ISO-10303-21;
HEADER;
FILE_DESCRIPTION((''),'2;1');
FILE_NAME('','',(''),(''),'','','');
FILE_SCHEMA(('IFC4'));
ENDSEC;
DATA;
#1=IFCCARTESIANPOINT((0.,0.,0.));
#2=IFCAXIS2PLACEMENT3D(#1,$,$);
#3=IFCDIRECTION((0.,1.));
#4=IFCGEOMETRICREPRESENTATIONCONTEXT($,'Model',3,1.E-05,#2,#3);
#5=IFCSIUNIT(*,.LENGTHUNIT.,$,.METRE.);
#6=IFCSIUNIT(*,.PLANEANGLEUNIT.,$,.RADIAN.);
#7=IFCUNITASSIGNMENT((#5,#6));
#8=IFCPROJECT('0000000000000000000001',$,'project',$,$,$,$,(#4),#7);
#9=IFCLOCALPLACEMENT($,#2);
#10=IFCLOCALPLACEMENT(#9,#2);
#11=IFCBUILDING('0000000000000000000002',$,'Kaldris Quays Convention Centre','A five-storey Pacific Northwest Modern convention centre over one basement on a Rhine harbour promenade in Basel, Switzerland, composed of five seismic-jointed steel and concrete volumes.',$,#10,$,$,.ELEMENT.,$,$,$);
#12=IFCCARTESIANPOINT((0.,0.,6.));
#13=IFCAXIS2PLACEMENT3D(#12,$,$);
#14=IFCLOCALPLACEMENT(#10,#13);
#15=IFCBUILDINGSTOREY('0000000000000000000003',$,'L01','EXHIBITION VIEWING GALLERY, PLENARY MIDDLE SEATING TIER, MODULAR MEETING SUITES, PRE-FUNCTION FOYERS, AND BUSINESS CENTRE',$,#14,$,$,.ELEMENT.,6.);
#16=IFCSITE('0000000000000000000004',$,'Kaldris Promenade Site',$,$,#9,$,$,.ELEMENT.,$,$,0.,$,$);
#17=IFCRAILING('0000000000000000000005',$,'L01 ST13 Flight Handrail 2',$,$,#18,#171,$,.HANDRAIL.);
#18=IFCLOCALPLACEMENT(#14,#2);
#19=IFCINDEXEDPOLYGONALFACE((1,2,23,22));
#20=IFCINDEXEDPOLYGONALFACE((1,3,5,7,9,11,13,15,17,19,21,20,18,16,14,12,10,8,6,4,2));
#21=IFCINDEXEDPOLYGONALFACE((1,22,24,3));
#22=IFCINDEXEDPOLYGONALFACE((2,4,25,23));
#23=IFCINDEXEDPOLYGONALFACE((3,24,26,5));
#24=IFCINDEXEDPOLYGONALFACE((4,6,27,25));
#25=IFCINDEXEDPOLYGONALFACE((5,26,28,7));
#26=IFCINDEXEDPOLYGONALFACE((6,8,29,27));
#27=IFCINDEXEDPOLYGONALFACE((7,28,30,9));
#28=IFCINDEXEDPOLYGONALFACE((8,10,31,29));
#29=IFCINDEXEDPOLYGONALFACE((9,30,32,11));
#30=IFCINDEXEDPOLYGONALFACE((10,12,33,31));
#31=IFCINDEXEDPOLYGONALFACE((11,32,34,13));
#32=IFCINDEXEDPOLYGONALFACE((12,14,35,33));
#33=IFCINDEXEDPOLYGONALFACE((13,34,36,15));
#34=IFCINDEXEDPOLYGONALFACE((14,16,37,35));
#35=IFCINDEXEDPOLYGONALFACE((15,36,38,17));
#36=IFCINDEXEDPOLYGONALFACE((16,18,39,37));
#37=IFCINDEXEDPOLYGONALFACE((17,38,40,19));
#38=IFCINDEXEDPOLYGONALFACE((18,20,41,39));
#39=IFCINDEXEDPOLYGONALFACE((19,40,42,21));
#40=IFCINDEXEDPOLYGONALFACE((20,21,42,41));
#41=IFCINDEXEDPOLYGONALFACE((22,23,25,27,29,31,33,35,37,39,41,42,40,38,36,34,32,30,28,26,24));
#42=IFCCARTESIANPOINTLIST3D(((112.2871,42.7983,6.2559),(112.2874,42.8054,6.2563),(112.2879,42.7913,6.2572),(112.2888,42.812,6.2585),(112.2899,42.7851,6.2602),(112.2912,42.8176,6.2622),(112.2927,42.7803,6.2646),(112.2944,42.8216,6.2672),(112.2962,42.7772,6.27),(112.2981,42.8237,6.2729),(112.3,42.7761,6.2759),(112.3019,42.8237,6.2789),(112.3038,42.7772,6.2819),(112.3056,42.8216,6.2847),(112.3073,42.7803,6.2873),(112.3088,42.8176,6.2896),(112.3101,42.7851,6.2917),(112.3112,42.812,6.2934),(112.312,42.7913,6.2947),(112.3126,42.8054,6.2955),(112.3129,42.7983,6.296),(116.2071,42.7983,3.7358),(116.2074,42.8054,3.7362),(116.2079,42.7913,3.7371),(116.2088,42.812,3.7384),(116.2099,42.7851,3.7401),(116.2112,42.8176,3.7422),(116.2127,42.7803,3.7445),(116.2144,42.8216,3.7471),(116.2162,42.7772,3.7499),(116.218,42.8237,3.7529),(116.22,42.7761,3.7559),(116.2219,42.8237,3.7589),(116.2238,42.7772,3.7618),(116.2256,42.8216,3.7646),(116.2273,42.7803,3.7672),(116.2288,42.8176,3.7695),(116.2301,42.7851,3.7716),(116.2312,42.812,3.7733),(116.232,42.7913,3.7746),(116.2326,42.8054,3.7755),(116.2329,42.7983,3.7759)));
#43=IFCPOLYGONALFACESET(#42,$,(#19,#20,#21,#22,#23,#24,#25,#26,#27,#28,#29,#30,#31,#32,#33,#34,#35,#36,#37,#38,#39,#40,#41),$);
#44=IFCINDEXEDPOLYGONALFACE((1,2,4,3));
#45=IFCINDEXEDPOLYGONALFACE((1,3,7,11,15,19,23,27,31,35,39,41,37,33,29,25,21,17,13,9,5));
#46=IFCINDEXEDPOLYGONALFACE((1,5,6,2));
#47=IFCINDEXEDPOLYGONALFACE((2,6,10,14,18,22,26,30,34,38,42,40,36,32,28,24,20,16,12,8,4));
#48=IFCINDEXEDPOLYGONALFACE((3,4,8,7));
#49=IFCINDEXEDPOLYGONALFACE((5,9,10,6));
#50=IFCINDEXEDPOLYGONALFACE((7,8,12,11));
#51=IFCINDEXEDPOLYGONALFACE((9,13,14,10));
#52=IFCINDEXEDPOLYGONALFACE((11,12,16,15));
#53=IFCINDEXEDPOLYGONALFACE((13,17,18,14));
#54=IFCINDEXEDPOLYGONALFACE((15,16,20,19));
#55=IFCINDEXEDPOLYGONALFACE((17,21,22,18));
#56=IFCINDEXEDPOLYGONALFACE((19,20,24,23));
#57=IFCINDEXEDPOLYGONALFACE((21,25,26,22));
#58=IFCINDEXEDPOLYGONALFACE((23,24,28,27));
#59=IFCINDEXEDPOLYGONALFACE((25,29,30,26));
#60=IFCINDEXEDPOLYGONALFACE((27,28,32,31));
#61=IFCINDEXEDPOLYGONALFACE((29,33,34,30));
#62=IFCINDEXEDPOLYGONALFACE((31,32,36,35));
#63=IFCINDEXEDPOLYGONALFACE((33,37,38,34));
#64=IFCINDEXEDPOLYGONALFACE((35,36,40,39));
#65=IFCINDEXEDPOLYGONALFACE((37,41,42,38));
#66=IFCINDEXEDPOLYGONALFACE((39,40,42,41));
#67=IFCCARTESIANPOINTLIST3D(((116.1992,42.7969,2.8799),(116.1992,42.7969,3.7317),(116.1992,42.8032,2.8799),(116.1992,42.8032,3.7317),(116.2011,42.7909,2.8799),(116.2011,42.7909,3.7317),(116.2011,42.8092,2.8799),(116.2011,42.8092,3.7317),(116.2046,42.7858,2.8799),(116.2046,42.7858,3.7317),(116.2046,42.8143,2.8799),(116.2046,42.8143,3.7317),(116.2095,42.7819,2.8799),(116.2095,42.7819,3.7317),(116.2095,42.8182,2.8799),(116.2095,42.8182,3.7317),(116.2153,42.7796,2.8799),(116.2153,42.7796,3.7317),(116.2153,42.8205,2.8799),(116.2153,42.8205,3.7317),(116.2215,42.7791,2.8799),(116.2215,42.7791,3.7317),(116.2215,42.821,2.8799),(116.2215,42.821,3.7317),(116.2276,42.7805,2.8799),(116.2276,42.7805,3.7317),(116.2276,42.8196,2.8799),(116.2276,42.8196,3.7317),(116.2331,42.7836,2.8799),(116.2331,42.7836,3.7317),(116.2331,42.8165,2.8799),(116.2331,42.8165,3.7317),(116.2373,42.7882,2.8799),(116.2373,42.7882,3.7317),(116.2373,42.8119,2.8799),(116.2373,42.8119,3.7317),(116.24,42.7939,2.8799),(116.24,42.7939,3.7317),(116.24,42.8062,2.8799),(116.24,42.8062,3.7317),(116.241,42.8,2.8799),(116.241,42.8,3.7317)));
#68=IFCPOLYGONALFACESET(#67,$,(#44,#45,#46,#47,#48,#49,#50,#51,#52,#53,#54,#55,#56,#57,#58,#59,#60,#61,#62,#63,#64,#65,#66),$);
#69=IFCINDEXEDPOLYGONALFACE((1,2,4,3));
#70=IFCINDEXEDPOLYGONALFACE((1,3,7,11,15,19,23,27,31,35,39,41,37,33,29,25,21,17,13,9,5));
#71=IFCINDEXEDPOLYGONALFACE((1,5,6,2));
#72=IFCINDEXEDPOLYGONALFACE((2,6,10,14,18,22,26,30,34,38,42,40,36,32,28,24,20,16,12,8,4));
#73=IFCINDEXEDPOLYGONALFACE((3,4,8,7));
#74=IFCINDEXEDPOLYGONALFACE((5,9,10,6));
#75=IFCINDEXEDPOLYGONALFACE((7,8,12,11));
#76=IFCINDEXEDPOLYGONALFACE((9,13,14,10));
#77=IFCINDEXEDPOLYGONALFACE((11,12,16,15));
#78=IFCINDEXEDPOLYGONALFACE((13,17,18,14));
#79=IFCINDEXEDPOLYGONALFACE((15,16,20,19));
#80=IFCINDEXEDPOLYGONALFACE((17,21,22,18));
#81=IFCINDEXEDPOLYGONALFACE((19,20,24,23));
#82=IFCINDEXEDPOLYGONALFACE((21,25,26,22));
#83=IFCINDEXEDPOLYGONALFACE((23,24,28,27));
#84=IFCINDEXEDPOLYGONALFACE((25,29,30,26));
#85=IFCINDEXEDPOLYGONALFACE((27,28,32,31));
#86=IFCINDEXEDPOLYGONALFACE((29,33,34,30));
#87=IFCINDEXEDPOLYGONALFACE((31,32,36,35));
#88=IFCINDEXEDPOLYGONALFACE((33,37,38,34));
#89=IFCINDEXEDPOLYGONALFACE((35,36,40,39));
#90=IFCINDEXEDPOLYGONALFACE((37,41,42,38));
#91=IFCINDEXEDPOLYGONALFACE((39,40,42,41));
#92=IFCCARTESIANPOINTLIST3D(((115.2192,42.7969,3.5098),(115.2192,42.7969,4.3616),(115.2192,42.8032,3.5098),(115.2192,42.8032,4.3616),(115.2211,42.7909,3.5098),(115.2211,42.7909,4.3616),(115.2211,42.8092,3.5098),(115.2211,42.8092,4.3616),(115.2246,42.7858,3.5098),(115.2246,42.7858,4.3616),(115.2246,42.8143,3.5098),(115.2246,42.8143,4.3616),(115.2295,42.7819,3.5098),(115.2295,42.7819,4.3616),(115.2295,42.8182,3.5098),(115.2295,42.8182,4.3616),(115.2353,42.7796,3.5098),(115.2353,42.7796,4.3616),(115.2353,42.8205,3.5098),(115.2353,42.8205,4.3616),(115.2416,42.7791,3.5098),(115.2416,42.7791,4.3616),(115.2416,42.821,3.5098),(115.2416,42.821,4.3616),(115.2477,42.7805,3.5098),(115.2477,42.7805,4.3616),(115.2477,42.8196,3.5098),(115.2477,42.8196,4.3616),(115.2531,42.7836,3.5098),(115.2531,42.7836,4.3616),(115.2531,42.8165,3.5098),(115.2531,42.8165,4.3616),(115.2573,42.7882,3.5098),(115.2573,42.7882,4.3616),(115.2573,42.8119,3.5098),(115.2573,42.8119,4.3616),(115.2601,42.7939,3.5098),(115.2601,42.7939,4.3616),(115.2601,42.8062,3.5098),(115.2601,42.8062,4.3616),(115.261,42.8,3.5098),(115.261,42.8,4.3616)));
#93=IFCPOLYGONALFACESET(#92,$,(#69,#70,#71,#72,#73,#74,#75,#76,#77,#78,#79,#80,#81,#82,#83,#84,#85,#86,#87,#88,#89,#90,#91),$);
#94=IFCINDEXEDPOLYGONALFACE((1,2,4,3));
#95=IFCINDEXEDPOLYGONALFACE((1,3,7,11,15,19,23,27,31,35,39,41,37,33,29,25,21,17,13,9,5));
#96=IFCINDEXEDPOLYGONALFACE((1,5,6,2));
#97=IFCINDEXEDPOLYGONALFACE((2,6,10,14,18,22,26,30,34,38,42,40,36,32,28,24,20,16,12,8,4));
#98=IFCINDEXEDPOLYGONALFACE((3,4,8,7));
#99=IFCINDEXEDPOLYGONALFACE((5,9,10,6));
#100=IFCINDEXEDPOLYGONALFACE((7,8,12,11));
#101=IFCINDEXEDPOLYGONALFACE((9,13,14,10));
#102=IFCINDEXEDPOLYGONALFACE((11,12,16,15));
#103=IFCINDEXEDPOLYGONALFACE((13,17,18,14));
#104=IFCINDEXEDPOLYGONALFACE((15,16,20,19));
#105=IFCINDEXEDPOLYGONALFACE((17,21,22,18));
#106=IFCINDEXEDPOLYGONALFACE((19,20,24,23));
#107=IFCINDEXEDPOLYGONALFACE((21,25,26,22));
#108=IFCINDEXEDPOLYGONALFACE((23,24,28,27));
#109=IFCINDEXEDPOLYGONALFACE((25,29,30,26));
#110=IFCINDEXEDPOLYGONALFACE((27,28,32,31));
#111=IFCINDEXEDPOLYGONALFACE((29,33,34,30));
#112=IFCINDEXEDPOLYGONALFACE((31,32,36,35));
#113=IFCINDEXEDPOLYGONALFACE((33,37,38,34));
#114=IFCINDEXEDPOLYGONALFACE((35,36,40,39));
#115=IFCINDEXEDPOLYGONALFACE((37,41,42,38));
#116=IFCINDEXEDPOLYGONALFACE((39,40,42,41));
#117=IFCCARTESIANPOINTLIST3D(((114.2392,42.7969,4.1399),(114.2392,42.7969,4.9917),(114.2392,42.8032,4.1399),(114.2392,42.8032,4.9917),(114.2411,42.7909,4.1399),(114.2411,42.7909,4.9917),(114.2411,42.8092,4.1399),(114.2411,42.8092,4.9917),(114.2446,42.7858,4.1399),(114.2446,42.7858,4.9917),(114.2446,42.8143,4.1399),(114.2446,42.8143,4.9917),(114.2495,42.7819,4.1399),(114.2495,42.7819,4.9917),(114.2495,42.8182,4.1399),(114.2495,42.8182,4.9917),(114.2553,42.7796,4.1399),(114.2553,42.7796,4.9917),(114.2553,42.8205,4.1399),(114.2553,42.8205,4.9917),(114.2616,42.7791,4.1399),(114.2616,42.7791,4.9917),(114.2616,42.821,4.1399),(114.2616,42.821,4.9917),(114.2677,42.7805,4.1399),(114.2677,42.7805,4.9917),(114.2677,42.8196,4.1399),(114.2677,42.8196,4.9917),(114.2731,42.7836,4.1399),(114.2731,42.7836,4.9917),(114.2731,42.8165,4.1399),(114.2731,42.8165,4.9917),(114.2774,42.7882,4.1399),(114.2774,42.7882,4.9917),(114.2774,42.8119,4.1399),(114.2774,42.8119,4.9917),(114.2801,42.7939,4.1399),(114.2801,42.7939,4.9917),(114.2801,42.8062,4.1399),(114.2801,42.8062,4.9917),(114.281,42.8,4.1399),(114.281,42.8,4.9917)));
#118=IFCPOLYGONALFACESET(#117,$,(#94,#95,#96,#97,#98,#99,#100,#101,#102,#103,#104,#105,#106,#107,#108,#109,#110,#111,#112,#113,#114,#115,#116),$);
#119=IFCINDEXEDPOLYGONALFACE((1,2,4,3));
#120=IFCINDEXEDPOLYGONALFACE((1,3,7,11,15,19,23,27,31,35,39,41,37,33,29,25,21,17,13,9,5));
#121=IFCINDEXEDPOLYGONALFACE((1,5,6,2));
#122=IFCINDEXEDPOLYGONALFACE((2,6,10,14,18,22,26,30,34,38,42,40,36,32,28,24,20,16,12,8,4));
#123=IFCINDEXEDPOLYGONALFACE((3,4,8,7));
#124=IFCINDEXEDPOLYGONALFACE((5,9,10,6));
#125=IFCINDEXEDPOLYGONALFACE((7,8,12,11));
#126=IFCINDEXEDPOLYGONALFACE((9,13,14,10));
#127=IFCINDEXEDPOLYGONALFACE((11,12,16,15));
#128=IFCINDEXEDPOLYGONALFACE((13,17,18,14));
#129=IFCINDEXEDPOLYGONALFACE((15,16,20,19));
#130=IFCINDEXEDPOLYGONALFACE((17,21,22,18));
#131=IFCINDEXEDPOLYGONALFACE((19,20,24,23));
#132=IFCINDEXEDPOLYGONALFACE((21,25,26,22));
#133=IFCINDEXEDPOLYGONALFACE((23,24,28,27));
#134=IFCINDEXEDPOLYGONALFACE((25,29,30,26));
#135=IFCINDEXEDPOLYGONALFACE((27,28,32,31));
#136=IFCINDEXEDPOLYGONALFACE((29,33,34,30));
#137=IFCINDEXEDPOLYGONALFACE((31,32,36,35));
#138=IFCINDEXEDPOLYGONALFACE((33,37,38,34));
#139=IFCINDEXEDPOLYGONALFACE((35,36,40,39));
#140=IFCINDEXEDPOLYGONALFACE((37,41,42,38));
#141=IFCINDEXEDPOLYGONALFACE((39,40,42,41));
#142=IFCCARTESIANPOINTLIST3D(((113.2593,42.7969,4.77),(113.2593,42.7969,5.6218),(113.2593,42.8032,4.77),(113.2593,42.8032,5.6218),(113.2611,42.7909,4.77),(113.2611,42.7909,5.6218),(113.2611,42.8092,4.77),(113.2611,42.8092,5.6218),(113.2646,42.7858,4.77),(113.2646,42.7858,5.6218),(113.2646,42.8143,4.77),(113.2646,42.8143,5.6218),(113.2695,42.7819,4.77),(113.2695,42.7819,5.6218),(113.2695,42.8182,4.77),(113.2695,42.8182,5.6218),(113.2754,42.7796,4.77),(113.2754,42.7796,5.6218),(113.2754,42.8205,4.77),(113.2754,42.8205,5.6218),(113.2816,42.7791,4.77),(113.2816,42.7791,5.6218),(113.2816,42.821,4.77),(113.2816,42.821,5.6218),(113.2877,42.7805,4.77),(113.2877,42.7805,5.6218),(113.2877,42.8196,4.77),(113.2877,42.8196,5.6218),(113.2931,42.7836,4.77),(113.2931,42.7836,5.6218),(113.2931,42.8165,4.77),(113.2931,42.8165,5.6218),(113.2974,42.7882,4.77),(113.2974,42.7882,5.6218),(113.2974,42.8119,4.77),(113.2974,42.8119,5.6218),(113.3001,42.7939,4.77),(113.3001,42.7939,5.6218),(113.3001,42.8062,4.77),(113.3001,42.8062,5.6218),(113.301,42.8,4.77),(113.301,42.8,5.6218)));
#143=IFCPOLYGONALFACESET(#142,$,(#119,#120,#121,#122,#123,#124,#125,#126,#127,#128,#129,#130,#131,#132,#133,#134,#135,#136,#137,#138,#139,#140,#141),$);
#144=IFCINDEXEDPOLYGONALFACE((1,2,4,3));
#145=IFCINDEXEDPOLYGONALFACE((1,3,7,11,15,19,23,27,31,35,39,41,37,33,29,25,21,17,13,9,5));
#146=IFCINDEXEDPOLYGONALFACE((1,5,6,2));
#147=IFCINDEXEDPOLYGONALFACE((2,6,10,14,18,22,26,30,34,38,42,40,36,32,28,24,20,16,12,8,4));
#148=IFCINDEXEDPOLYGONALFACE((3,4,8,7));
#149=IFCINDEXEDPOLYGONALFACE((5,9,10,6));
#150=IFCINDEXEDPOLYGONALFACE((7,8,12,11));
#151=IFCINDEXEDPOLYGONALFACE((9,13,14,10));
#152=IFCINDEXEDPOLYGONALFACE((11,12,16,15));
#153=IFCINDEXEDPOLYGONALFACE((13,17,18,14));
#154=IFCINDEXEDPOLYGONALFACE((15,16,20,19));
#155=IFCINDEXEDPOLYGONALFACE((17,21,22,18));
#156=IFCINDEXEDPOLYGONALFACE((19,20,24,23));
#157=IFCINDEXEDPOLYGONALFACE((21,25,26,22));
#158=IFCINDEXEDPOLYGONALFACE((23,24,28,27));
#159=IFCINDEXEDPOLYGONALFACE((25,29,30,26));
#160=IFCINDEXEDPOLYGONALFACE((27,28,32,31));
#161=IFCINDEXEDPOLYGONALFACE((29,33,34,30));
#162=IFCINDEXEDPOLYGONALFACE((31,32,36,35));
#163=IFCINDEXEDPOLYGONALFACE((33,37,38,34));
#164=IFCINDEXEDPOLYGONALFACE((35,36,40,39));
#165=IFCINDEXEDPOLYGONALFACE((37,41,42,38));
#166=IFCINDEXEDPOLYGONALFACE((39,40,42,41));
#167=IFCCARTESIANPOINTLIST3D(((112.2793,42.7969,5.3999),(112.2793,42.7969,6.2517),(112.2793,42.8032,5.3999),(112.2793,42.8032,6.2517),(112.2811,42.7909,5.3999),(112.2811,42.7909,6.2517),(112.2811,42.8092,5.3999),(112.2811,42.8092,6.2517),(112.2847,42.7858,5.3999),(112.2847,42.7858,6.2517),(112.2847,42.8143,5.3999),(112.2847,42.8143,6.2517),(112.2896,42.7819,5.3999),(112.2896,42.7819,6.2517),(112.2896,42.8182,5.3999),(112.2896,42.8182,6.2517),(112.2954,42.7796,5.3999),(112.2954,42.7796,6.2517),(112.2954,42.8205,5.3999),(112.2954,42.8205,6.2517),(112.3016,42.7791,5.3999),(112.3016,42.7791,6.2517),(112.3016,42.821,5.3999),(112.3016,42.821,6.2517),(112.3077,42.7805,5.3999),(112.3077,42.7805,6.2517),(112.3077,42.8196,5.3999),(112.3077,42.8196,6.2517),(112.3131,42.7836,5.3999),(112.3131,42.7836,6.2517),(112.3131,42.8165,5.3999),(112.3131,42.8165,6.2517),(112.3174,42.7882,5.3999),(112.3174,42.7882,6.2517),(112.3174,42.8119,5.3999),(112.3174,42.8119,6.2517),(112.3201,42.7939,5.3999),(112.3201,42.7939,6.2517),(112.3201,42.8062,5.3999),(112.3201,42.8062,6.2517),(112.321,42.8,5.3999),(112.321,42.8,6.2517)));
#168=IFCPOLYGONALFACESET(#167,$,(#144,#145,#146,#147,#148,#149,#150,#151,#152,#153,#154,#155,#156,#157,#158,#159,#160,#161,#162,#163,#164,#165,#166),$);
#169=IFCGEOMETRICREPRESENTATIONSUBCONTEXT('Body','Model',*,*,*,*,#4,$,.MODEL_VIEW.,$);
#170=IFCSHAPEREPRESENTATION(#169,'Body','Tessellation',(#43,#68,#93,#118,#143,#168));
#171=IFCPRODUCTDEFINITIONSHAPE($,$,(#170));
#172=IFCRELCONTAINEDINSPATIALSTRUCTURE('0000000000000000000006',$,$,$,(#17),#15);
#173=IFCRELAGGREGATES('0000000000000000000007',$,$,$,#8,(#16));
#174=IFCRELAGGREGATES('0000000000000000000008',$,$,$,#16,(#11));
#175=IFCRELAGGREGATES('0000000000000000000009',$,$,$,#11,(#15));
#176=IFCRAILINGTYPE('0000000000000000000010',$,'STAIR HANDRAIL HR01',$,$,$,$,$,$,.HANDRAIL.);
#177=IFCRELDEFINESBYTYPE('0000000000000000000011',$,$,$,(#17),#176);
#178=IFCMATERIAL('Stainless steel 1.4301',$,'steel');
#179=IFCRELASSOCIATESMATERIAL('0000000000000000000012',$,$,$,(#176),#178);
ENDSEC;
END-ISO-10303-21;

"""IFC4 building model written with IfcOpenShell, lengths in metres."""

from ifc_helpers import new_model, si_unit, direction, frame, origin, origin_2d, place, context, subcontext, project, spatial, circle, extrude, material, type_object, element, save


model = new_model("IFC4")

# Units and contexts
model_context = context("Model", 3, precision=1e-05, world=origin(), true_north=direction((0.0, 1.0)))
body_context = subcontext(model_context, "Body", "Model", "MODEL_VIEW")
ifc_project = project(units=[si_unit("LENGTHUNIT", "METRE"), si_unit("PLANEANGLEUNIT", "RADIAN")], contexts=[model_context])

# Site, building, storey
site_placement = place(None, origin())
site = spatial("IfcSite", under=ifc_project, at=site_placement, Name="Kaldris Promenade Site", CompositionType="ELEMENT", RefElevation=0.0)
building_placement = place(site_placement, origin())
building = spatial("IfcBuilding", under=site, at=building_placement, Name="Kaldris Quays Convention Centre", Description="A five-storey Pacific Northwest Modern convention centre over one basement on a Rhine harbour promenade in Basel, Switzerland, composed of five seismic-jointed steel and concrete volumes.", CompositionType="ELEMENT")
storey_placement = place(building_placement, frame((0.0, 0.0, 6.0)))
storey = spatial("IfcBuildingStorey", under=building, at=storey_placement, Name="L01", Description="EXHIBITION VIEWING GALLERY, PLENARY MIDDLE SEATING TIER, MODULAR MEETING SUITES, PRE-FUNCTION FOYERS, AND BUSINESS CENTRE", CompositionType="ELEMENT", Elevation=6.0)

# Railing
ifc_material_1 = material(Name="Stainless steel 1.4301", Category="steel")
railing_type_1 = type_object("IfcRailingType", Name="STAIR HANDRAIL HR01", PredefinedType="HANDRAIL", material=ifc_material_1)
railing_1_placement = place(storey_placement, frame((116.22, 42.8, 2.8799)))
element("IfcRailing", 1, at=railing_1_placement, inside=storey, type_object=railing_type_1, Name="L01 ST13 Flight Handrail 2", PredefinedType="HANDRAIL", context=body_context, shape_type="SweptSolid", body=[
    extrude(circle(Radius=0.0239, at=origin_2d()), frame((0.0, 0.0, 0.876), z_axis=(-0.841172, 0.0, 0.540768), x_axis=(0.0, -1.0, 0.0)), (0.0, 0.0, 1.0), 4.6602),
    extrude(circle(Radius=0.021, at=origin_2d()), origin(), (0.0, 0.0, 1.0), 0.8518),
    extrude(circle(Radius=0.021, at=origin_2d()), frame((-0.98, 0.0, 0.6299)), (0.0, 0.0, 1.0), 0.8518),
    extrude(circle(Radius=0.021, at=origin_2d()), frame((-1.96, 0.0, 1.26)), (0.0, 0.0, 1.0), 0.8518),
    extrude(circle(Radius=0.021, at=origin_2d()), frame((-2.9399, 0.0, 1.8901)), (0.0, 0.0, 1.0), 0.8518),
    extrude(circle(Radius=0.021, at=origin_2d()), frame((-3.9199, 0.0, 2.52)), (0.0, 0.0, 1.0), 0.8518),
])

save(model, "model.ifc")
